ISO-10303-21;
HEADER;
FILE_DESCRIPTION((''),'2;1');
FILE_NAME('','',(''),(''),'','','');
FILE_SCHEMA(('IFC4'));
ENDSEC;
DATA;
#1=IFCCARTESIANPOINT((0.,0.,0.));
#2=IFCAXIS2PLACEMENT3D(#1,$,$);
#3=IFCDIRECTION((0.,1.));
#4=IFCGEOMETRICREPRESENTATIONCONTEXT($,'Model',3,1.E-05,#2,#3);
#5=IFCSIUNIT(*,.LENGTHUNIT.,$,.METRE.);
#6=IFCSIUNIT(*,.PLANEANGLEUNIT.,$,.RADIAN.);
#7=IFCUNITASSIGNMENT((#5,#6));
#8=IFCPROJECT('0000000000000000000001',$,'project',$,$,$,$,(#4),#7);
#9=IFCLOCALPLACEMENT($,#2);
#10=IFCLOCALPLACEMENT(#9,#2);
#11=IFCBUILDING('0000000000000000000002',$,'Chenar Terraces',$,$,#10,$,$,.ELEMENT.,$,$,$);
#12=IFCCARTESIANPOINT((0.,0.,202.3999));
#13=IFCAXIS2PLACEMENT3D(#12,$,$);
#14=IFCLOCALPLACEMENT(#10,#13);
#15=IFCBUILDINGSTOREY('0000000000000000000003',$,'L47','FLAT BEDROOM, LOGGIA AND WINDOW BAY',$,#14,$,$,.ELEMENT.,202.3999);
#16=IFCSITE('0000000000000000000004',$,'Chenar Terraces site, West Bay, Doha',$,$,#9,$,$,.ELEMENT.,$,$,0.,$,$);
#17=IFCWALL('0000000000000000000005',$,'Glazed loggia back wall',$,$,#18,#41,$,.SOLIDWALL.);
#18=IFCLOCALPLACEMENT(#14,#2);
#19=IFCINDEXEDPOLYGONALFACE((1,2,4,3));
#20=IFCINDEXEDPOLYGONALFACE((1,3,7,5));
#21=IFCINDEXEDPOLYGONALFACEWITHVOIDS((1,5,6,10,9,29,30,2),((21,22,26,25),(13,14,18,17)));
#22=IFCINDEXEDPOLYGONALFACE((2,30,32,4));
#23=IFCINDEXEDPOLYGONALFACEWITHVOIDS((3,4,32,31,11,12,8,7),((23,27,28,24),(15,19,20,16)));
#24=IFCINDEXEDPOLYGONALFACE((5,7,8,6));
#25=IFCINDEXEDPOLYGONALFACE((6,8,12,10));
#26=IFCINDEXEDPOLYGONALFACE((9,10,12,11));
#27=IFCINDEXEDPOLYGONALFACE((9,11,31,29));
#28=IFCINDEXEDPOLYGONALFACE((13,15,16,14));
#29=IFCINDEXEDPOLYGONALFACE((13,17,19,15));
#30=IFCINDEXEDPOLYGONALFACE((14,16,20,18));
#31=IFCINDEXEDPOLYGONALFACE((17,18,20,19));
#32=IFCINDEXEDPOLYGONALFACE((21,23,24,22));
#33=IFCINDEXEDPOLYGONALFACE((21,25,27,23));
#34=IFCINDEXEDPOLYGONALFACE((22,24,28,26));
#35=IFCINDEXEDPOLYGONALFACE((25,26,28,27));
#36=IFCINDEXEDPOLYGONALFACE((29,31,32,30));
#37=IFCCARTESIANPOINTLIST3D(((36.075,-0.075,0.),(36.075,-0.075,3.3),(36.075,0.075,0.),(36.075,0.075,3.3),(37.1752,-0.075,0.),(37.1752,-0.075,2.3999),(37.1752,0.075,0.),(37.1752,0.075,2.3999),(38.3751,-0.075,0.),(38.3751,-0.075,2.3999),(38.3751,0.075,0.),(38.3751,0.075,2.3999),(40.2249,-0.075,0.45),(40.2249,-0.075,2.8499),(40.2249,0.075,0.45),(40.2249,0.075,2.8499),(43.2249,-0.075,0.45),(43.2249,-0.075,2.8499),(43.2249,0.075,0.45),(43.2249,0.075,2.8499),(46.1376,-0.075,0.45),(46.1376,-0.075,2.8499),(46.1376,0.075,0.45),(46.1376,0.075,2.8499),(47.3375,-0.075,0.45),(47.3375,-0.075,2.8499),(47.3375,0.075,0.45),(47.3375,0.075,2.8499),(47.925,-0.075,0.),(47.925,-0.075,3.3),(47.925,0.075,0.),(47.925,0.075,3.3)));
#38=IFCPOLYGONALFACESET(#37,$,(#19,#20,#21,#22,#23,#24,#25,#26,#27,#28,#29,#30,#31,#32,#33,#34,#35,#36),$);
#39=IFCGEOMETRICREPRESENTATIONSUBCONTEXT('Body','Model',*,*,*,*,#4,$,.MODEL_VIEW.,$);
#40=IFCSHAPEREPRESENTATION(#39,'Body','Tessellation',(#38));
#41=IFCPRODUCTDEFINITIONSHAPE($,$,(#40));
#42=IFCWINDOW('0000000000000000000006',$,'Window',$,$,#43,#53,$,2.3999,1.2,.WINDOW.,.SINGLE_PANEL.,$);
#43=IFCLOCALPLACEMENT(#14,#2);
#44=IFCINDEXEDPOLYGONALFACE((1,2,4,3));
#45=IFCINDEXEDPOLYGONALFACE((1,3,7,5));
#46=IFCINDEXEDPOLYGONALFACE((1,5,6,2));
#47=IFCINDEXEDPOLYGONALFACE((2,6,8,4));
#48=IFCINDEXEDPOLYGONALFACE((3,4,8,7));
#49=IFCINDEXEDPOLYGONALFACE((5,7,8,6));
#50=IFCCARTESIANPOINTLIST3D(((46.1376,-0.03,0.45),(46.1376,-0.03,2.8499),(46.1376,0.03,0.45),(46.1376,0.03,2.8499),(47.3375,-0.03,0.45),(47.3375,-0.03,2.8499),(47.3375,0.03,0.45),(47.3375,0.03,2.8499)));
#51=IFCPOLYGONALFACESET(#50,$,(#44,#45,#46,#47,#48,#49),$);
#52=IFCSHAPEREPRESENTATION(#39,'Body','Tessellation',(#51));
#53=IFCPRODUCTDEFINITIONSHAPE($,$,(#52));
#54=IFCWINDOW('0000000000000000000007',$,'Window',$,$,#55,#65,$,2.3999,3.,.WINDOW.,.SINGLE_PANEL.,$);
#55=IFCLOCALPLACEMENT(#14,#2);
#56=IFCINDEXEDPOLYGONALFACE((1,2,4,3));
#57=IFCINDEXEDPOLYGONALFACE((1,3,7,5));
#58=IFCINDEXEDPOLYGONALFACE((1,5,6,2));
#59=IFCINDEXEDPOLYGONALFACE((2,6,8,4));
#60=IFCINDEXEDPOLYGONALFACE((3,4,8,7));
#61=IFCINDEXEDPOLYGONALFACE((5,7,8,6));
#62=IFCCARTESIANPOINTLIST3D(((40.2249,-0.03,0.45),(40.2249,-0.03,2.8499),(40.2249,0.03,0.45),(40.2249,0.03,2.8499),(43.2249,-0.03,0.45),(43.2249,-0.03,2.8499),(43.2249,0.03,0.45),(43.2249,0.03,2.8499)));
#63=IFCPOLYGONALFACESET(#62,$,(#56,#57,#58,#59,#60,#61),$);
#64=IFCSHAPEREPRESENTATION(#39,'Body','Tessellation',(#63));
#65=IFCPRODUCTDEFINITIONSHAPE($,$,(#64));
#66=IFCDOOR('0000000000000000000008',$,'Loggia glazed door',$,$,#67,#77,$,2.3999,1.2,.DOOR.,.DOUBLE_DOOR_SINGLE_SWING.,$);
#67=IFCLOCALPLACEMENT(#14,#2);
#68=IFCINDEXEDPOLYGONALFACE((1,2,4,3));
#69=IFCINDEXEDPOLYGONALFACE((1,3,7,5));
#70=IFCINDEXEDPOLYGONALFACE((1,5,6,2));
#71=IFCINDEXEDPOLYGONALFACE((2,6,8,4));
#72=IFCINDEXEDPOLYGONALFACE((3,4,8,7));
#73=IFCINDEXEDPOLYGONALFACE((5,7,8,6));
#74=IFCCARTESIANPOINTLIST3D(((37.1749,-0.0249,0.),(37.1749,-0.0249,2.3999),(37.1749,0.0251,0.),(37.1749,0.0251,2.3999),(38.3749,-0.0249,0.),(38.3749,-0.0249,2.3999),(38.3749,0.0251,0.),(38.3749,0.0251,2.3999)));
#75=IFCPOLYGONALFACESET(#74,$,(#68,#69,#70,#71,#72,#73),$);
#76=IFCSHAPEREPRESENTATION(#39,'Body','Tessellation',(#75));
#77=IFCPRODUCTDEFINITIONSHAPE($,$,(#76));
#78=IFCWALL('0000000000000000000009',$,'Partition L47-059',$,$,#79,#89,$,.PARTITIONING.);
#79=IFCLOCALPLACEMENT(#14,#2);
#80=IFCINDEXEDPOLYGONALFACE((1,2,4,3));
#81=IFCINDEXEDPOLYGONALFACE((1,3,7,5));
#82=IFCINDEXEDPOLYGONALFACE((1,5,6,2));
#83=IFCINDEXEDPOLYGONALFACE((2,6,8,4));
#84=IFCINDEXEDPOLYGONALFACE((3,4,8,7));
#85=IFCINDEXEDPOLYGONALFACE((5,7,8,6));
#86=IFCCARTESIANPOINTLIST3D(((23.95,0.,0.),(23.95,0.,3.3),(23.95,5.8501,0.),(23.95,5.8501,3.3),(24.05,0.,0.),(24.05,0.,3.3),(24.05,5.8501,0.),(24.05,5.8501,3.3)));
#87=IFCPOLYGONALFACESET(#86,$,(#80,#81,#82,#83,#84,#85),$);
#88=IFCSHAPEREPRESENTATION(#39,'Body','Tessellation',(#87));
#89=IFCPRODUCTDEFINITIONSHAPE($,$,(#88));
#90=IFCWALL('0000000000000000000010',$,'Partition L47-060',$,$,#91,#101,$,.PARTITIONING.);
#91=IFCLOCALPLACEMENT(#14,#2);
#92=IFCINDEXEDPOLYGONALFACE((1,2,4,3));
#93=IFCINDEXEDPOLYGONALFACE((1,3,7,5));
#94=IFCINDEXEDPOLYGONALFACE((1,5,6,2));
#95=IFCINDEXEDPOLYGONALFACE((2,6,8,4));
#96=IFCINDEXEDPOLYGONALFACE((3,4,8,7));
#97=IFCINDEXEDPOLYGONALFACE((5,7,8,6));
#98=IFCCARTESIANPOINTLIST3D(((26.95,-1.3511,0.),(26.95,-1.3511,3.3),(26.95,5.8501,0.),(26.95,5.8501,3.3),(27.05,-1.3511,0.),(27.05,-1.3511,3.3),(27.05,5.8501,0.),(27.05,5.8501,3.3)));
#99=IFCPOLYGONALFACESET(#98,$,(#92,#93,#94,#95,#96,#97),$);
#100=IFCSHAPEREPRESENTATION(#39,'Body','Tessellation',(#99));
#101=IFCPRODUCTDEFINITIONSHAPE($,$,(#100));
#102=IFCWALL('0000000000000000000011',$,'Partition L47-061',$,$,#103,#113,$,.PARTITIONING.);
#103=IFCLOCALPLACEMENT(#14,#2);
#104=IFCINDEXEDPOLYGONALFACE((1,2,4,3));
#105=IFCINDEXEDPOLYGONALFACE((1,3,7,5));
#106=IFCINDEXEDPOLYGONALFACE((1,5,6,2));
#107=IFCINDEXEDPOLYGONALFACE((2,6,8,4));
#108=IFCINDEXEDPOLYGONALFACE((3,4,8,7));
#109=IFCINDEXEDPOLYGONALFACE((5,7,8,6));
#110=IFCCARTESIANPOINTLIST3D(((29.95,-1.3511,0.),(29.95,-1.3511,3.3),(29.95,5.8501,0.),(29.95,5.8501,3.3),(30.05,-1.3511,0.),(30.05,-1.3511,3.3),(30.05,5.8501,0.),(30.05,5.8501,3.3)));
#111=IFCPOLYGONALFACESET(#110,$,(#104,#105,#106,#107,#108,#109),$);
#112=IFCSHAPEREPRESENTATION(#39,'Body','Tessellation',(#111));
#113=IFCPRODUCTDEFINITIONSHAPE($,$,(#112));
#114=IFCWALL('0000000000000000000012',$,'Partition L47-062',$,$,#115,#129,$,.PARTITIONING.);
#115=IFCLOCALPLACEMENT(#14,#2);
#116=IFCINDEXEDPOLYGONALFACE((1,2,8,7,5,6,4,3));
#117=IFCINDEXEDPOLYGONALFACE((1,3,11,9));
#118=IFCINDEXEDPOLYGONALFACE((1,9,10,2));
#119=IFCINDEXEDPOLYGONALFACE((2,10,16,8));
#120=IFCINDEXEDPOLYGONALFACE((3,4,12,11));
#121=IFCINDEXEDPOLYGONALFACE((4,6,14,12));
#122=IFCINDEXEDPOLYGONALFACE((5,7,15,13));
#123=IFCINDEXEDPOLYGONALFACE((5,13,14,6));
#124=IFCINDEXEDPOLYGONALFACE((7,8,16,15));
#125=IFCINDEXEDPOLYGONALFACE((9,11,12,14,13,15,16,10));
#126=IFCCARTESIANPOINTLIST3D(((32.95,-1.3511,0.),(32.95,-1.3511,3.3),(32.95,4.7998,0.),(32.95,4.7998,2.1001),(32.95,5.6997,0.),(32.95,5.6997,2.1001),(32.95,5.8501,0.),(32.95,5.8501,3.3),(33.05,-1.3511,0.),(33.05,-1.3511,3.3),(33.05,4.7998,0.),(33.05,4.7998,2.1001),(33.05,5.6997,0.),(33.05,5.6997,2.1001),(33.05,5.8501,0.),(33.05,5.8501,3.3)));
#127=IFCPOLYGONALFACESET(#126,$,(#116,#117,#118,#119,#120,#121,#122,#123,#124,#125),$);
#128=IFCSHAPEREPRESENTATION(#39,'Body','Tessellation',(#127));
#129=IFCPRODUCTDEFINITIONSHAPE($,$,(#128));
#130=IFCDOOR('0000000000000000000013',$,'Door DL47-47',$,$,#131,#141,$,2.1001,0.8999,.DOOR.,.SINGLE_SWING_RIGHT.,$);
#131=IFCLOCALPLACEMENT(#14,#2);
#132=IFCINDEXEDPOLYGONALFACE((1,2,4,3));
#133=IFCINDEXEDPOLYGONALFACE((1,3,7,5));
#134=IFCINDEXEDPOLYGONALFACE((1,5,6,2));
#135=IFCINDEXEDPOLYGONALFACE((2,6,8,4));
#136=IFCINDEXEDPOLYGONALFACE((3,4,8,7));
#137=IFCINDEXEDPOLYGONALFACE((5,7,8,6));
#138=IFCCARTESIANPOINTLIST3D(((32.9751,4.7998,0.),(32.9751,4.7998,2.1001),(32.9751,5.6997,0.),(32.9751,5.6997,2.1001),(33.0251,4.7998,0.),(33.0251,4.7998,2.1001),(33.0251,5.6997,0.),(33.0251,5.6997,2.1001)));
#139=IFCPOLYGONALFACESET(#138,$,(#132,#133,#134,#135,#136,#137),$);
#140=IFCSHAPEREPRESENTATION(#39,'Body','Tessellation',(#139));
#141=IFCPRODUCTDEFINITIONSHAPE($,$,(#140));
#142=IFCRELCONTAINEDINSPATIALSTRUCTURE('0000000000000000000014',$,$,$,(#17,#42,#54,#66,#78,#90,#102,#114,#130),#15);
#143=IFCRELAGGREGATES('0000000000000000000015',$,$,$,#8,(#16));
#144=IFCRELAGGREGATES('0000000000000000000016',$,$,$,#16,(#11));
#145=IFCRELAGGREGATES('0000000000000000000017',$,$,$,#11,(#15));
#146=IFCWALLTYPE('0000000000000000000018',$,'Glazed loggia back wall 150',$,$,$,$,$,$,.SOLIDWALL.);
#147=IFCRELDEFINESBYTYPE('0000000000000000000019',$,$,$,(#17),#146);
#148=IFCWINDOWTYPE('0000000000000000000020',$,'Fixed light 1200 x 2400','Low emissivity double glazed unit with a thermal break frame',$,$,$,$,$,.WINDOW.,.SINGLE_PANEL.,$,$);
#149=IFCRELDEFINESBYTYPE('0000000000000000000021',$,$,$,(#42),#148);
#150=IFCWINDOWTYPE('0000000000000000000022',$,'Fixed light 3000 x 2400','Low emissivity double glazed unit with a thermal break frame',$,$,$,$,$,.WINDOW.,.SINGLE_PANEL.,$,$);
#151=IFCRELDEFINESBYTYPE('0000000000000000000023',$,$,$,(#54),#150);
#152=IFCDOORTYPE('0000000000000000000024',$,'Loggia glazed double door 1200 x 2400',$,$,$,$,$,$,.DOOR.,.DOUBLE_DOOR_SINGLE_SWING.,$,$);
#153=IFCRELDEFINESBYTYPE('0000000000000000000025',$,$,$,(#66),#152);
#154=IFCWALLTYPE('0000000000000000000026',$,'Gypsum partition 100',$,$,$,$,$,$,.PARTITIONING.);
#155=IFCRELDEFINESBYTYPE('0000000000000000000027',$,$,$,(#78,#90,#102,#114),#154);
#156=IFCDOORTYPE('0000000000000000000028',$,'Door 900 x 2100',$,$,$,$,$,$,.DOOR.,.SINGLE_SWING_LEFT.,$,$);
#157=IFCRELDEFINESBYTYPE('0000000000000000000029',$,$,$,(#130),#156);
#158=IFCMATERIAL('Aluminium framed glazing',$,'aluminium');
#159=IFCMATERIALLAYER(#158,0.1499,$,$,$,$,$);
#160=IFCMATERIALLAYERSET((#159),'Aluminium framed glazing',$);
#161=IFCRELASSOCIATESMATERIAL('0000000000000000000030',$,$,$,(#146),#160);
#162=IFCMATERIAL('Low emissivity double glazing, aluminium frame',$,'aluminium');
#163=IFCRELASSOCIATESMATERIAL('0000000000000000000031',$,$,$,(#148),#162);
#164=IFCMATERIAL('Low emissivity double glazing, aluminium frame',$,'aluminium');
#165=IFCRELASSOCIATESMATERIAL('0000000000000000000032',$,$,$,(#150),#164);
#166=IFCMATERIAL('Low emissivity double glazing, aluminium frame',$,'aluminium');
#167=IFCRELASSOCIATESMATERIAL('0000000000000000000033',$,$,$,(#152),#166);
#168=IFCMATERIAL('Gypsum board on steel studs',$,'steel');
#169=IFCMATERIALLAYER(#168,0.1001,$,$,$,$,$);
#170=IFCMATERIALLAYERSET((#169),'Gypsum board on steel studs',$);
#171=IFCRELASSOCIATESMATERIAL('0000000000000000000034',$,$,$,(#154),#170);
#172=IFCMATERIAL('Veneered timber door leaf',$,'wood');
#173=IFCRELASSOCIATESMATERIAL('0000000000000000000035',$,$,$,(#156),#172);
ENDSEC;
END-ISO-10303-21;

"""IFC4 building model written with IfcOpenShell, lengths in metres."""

from ifc_helpers import new_model, si_unit, direction, frame, frame_2d, origin, place, context, subcontext, project, spatial, rectangle, extrude, material, layer, layer_set, type_object, element, fill, save


model = new_model("IFC4")

# Units and contexts
model_context = context("Model", 3, precision=1e-05, world=origin(), true_north=direction((0.0, 1.0)))
body_context = subcontext(model_context, "Body", "Model", "MODEL_VIEW")
ifc_project = project(units=[si_unit("LENGTHUNIT", "METRE"), si_unit("PLANEANGLEUNIT", "RADIAN")], contexts=[model_context])

# Site, building, storey
site_placement = place(None, origin())
site = spatial("IfcSite", under=ifc_project, at=site_placement, Name="Chenar Terraces site, West Bay, Doha", CompositionType="ELEMENT", RefElevation=0.0)
building_placement = place(site_placement, origin())
building = spatial("IfcBuilding", under=site, at=building_placement, Name="Chenar Terraces", CompositionType="ELEMENT")
storey_placement = place(building_placement, frame((0.0, 0.0, 202.3999)))
storey = spatial("IfcBuildingStorey", under=building, at=storey_placement, Name="L47", Description="FLAT BEDROOM, LOGGIA AND WINDOW BAY", CompositionType="ELEMENT", Elevation=202.3999)

# Wall, openings, windows, door
ifc_material_1 = material(Name="Aluminium framed glazing", Category="aluminium")
ifc_layer_1 = layer(ifc_material_1, 0.1499)
ifc_layer_set_1 = layer_set([ifc_layer_1], Name="Aluminium framed glazing")
wall_type_1 = type_object("IfcWallType", Name="Glazed loggia back wall 150", PredefinedType="SOLIDWALL", material=ifc_layer_set_1)
wall_1_placement = place(storey_placement, frame((36.075, 0.0, 0.0), z_axis=(0.0, 0.0, 1.0), x_axis=(1.0, 0.0, 0.0)))
wall_1 = element("IfcWall", 1, at=wall_1_placement, inside=storey, type_object=wall_type_1, Name="Glazed loggia back wall", PredefinedType="SOLIDWALL", context=body_context, shape_type="SweptSolid", body=[
    extrude(rectangle(XDim=11.8501, YDim=0.1499, at=frame_2d((5.925, 0.0))), origin(), (0.0, 0.0, 1.0), 3.3),
])
opening_1_placement = place(wall_1_placement, frame((1.1001, 0.0, 0.0)))
opening_1 = element("IfcOpeningElement", 2, at=opening_1_placement, cuts=wall_1, PredefinedType="OPENING", context=body_context, shape_type="SweptSolid", body=[
    extrude(rectangle(XDim=1.2, YDim=2.3999, at=frame_2d((0.6001, 1.2))), frame((0.0, 0.085, 0.0), z_axis=(0.0, -1.0, 0.0), x_axis=(1.0, 0.0, 0.0)), (0.0, 0.0, 1.0), 0.1699),
])
opening_2_placement = place(wall_1_placement, frame((4.1499, 0.0, 0.45)))
opening_2 = element("IfcOpeningElement", 3, at=opening_2_placement, cuts=wall_1, PredefinedType="OPENING", context=body_context, shape_type="SweptSolid", body=[
    extrude(rectangle(XDim=3.0, YDim=2.3999, at=frame_2d((1.5, 1.2))), frame((0.0, 0.085, 0.0), z_axis=(0.0, -1.0, 0.0), x_axis=(1.0, 0.0, 0.0)), (0.0, 0.0, 1.0), 0.1699),
])
opening_3_placement = place(wall_1_placement, frame((10.0625, 0.0, 0.45)))
opening_3 = element("IfcOpeningElement", 4, at=opening_3_placement, cuts=wall_1, PredefinedType="OPENING", context=body_context, shape_type="SweptSolid", body=[
    extrude(rectangle(XDim=1.2, YDim=2.3999, at=frame_2d((0.6001, 1.2))), frame((0.0, 0.085, 0.0), z_axis=(0.0, -1.0, 0.0), x_axis=(1.0, 0.0, 0.0)), (0.0, 0.0, 1.0), 0.1699),
])
ifc_material_2 = material(Name="Low emissivity double glazing, aluminium frame", Category="aluminium")
window_type_1 = type_object("IfcWindowType", Name="Fixed light 1200 x 2400", Description="Low emissivity double glazed unit with a thermal break frame", PartitioningType="SINGLE_PANEL", PredefinedType="WINDOW", material=ifc_material_2)
window_1_placement = place(opening_3_placement, origin())
window_1 = element("IfcWindow", 5, at=window_1_placement, inside=storey, type_object=window_type_1, Name="Window", OverallHeight=2.3999, OverallWidth=1.2, PartitioningType="SINGLE_PANEL", PredefinedType="WINDOW", context=body_context, shape_type="SweptSolid", body=[
    extrude(rectangle(XDim=1.2, YDim=2.3999, at=frame_2d((0.6001, 1.2))), frame((0.0, 0.03, 0.0), z_axis=(0.0, -1.0, 0.0), x_axis=(1.0, 0.0, 0.0)), (0.0, 0.0, 1.0), 0.0601),
])
fill(opening_3, window_1)
ifc_material_3 = material(Name="Low emissivity double glazing, aluminium frame", Category="aluminium")
window_type_2 = type_object("IfcWindowType", Name="Fixed light 3000 x 2400", Description="Low emissivity double glazed unit with a thermal break frame", PartitioningType="SINGLE_PANEL", PredefinedType="WINDOW", material=ifc_material_3)
window_2_placement = place(opening_2_placement, origin())
window_2 = element("IfcWindow", 6, at=window_2_placement, inside=storey, type_object=window_type_2, Name="Window", OverallHeight=2.3999, OverallWidth=3.0, PartitioningType="SINGLE_PANEL", PredefinedType="WINDOW", context=body_context, shape_type="SweptSolid", body=[
    extrude(rectangle(XDim=3.0, YDim=2.3999, at=frame_2d((1.5, 1.2))), frame((0.0, 0.03, 0.0), z_axis=(0.0, -1.0, 0.0), x_axis=(1.0, 0.0, 0.0)), (0.0, 0.0, 1.0), 0.0601),
])
fill(opening_2, window_2)
ifc_material_4 = material(Name="Low emissivity double glazing, aluminium frame", Category="aluminium")
door_type_1 = type_object("IfcDoorType", Name="Loggia glazed double door 1200 x 2400", OperationType="DOUBLE_DOOR_SINGLE_SWING", PredefinedType="DOOR", material=ifc_material_4)
door_1_placement = place(opening_1_placement, frame((1.2, 0.0, 0.0), z_axis=(0.0, 0.0, 1.0), x_axis=(-1.0, 0.0, 0.0)))
door_1 = element("IfcDoor", 7, at=door_1_placement, inside=storey, type_object=door_type_1, Name="Loggia glazed door", OperationType="DOUBLE_DOOR_SINGLE_SWING", OverallHeight=2.3999, OverallWidth=1.2, PredefinedType="DOOR", context=body_context, shape_type="SweptSolid", body=[
    extrude(rectangle(XDim=1.2, YDim=2.3999, at=frame_2d((0.6001, 1.2))), frame((0.0, 0.0249, 0.0), z_axis=(0.0, -1.0, 0.0), x_axis=(1.0, 0.0, 0.0)), (0.0, 0.0, 1.0), 0.05),
])
fill(opening_1, door_1)

# Walls
ifc_material_5 = material(Name="Gypsum board on steel studs", Category="steel")
ifc_layer_2 = layer(ifc_material_5, 0.1001)
ifc_layer_set_2 = layer_set([ifc_layer_2], Name="Gypsum board on steel studs")
wall_type_2 = type_object("IfcWallType", Name="Gypsum partition 100", PredefinedType="PARTITIONING", material=ifc_layer_set_2)
wall_2_placement = place(storey_placement, frame((24.0, 0.0, 0.0), z_axis=(0.0, 0.0, 1.0), x_axis=(0.0, 1.0, 0.0)))
element("IfcWall", 8, at=wall_2_placement, inside=storey, type_object=wall_type_2, Name="Partition L47-059", PredefinedType="PARTITIONING", context=body_context, shape_type="SweptSolid", body=[
    extrude(rectangle(XDim=5.8501, YDim=0.1001, at=frame_2d((2.925, 0.0))), origin(), (0.0, 0.0, 1.0), 3.3),
])
for number, where, z_axis, x_axis, name in (
    (9, (27.0, -1.3511, 0.0), (0.0, 0.0, 1.0), (0.0, 1.0, 0.0), "Partition L47-060"),
    (10, (30.0, -1.3511, 0.0), (0.0, 0.0, 1.0), (0.0, 1.0, 0.0), "Partition L47-061"),
):
    element("IfcWall", number, at=place(storey_placement, frame(where, z_axis=z_axis, x_axis=x_axis)), inside=storey, type_object=wall_type_2, Name=name, PredefinedType="PARTITIONING", context=body_context, shape_type="SweptSolid", body=[
        extrude(rectangle(XDim=7.2012, YDim=0.1001, at=frame_2d((3.6006, 0.0))), origin(), (0.0, 0.0, 1.0), 3.3),
    ])

# Wall, opening, door
wall_3_placement = place(storey_placement, frame((33.0, -1.3511, 0.0), z_axis=(0.0, 0.0, 1.0), x_axis=(0.0, 1.0, 0.0)))
wall_3 = element("IfcWall", 11, at=wall_3_placement, inside=storey, type_object=wall_type_2, Name="Partition L47-062", PredefinedType="PARTITIONING", context=body_context, shape_type="SweptSolid", body=[
    extrude(rectangle(XDim=7.2012, YDim=0.1001, at=frame_2d((3.6006, 0.0))), origin(), (0.0, 0.0, 1.0), 3.3),
])
opening_4_placement = place(wall_3_placement, frame((6.1509, 0.0, 0.0)))
opening_4 = element("IfcOpeningElement", 12, at=opening_4_placement, cuts=wall_3, PredefinedType="OPENING", context=body_context, shape_type="SweptSolid", body=[
    extrude(rectangle(XDim=0.8999, YDim=2.1001, at=frame_2d((0.45, 1.05))), frame((0.0, 0.0601, 0.0), z_axis=(0.0, -1.0, 0.0), x_axis=(1.0, 0.0, 0.0)), (0.0, 0.0, 1.0), 0.1201),
])
ifc_material_6 = material(Name="Veneered timber door leaf", Category="wood")
door_type_2 = type_object("IfcDoorType", Name="Door 900 x 2100", OperationType="SINGLE_SWING_LEFT", PredefinedType="DOOR", material=ifc_material_6)
door_2_placement = place(opening_4_placement, origin())
door_2 = element("IfcDoor", 13, at=door_2_placement, inside=storey, type_object=door_type_2, Name="Door DL47-47", OperationType="SINGLE_SWING_RIGHT", OverallHeight=2.1001, OverallWidth=0.8999, PredefinedType="DOOR", context=body_context, shape_type="SweptSolid", body=[
    extrude(rectangle(XDim=0.8999, YDim=2.1001, at=frame_2d((0.45, 1.05))), frame((0.0, 0.0249, 0.0), z_axis=(0.0, -1.0, 0.0), x_axis=(1.0, 0.0, 0.0)), (0.0, 0.0, 1.0), 0.05),
])
fill(opening_4, door_2)

save(model, "model.ifc")
